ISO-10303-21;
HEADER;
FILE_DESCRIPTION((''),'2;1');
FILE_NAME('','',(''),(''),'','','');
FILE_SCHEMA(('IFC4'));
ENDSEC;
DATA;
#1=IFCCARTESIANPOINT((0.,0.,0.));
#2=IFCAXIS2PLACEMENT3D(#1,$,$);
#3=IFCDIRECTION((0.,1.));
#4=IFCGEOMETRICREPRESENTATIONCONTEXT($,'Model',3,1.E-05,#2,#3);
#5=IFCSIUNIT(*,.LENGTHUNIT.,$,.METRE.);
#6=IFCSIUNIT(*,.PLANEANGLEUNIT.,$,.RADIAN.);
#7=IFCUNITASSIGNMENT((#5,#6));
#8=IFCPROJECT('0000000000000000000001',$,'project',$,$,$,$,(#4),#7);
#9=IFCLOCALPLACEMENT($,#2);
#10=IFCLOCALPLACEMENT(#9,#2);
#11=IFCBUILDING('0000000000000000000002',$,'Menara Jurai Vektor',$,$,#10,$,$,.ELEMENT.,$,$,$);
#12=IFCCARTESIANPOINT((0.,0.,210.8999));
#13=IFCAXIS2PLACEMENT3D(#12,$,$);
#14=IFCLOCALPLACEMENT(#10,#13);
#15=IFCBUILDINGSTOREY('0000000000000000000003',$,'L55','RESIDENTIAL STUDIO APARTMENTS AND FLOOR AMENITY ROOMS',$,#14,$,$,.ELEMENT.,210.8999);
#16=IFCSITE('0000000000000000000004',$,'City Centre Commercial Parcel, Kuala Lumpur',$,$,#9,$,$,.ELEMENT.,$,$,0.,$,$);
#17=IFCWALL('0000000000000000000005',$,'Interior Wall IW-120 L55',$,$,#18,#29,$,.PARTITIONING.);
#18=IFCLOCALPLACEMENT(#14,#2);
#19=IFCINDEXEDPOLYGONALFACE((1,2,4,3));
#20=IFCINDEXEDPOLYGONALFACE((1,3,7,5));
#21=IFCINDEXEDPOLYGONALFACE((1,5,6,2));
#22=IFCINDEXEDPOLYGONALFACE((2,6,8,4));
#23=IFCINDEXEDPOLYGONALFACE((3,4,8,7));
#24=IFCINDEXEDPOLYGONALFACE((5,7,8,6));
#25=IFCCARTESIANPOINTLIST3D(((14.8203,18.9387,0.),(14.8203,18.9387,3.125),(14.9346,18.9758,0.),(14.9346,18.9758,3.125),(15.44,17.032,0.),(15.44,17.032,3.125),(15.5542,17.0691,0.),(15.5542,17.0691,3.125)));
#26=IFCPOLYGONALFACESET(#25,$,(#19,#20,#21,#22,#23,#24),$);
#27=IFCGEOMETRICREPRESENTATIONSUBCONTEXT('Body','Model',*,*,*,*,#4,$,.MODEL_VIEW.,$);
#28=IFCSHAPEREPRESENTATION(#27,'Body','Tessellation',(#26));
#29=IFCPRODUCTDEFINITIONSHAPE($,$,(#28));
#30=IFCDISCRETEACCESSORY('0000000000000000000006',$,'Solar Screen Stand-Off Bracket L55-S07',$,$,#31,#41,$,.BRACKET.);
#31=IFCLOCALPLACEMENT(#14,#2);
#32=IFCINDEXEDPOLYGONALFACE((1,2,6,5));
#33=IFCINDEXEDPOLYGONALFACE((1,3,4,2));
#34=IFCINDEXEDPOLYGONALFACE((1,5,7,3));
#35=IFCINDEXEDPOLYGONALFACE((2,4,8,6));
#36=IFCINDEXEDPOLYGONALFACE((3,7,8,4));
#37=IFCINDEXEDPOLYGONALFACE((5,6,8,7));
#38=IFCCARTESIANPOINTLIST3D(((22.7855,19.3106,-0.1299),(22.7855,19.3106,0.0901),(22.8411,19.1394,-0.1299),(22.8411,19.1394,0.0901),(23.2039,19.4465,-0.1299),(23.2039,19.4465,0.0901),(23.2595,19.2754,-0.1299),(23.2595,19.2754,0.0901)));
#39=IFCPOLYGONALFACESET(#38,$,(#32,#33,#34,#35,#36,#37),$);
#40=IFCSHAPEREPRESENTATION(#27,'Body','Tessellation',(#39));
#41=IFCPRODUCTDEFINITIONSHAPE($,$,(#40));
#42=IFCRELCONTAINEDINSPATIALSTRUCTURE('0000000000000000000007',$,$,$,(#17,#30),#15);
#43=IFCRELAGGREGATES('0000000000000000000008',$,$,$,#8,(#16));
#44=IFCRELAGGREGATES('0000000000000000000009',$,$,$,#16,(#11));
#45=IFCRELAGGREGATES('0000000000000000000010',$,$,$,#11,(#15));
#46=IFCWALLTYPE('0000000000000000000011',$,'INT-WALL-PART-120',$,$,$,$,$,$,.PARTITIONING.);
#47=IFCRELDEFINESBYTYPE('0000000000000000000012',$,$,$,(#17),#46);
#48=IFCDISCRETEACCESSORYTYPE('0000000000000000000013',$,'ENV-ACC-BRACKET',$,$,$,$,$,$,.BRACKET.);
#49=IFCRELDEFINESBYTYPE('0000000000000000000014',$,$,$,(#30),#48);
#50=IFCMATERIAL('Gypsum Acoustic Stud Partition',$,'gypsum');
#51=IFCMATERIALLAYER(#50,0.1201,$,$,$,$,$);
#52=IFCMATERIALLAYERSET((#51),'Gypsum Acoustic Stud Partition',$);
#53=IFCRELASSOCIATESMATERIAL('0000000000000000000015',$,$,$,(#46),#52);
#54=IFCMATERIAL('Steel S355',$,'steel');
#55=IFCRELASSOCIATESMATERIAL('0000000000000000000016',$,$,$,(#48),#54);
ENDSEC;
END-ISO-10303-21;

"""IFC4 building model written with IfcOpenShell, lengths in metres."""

from ifc_helpers import new_model, si_unit, direction, frame, frame_2d, origin, origin_2d, place, context, subcontext, project, spatial, rectangle, extrude, material, layer, layer_set, type_object, element, save


model = new_model("IFC4")

# Units and contexts
model_context = context("Model", 3, precision=1e-05, world=origin(), true_north=direction((0.0, 1.0)))
body_context = subcontext(model_context, "Body", "Model", "MODEL_VIEW")
ifc_project = project(units=[si_unit("LENGTHUNIT", "METRE"), si_unit("PLANEANGLEUNIT", "RADIAN")], contexts=[model_context])

# Site, building, storey
site_placement = place(None, origin())
site = spatial("IfcSite", under=ifc_project, at=site_placement, Name="City Centre Commercial Parcel, Kuala Lumpur", CompositionType="ELEMENT", RefElevation=0.0)
building_placement = place(site_placement, origin())
building = spatial("IfcBuilding", under=site, at=building_placement, Name="Menara Jurai Vektor", CompositionType="ELEMENT")
storey_placement = place(building_placement, frame((0.0, 0.0, 210.8999)))
storey = spatial("IfcBuildingStorey", under=building, at=storey_placement, Name="L55", Description="RESIDENTIAL STUDIO APARTMENTS AND FLOOR AMENITY ROOMS", CompositionType="ELEMENT", Elevation=210.8999)

# Shared definitions
ifc_material_1 = material(Name="Steel S355", Category="steel")

# Wall
ifc_material_2 = material(Name="Gypsum Acoustic Stud Partition", Category="gypsum")
ifc_layer_1 = layer(ifc_material_2, 0.1201)
ifc_layer_set_1 = layer_set([ifc_layer_1], Name="Gypsum Acoustic Stud Partition")
wall_type_1 = type_object("IfcWallType", Name="INT-WALL-PART-120", PredefinedType="PARTITIONING", material=ifc_layer_set_1)
wall_1_placement = place(storey_placement, frame((15.4971, 17.0505, 0.0), z_axis=(0.0, 0.0, 1.0), x_axis=(-0.309059, 0.951043, 0.0)))
element("IfcWall", 1, at=wall_1_placement, inside=storey, type_object=wall_type_1, Name="Interior Wall IW-120 L55", PredefinedType="PARTITIONING", context=body_context, shape_type="SweptSolid", body=[
    extrude(rectangle(XDim=2.0049, YDim=0.1201, at=frame_2d((1.0024, 0.0))), origin(), (0.0, 0.0, 1.0), 3.125),
])

# Discrete accessory
discrete_accessory_type = type_object("IfcDiscreteAccessoryType", Name="ENV-ACC-BRACKET", PredefinedType="BRACKET", material=ifc_material_1)
discrete_accessory_placement = place(storey_placement, frame((23.0225, 19.293, -0.1299), z_axis=(0.0, 0.0, 1.0), x_axis=(-0.309017, 0.951057, 0.0)))
element("IfcDiscreteAccessory", 2, at=discrete_accessory_placement, inside=storey, type_object=discrete_accessory_type, Name="Solar Screen Stand-Off Bracket L55-S07", PredefinedType="BRACKET", context=body_context, shape_type="SweptSolid", body=[
    extrude(rectangle(XDim=0.1799, YDim=0.4399, at=origin_2d()), origin(), (0.0, 0.0, 1.0), 0.22),
])

save(model, "model.ifc")
